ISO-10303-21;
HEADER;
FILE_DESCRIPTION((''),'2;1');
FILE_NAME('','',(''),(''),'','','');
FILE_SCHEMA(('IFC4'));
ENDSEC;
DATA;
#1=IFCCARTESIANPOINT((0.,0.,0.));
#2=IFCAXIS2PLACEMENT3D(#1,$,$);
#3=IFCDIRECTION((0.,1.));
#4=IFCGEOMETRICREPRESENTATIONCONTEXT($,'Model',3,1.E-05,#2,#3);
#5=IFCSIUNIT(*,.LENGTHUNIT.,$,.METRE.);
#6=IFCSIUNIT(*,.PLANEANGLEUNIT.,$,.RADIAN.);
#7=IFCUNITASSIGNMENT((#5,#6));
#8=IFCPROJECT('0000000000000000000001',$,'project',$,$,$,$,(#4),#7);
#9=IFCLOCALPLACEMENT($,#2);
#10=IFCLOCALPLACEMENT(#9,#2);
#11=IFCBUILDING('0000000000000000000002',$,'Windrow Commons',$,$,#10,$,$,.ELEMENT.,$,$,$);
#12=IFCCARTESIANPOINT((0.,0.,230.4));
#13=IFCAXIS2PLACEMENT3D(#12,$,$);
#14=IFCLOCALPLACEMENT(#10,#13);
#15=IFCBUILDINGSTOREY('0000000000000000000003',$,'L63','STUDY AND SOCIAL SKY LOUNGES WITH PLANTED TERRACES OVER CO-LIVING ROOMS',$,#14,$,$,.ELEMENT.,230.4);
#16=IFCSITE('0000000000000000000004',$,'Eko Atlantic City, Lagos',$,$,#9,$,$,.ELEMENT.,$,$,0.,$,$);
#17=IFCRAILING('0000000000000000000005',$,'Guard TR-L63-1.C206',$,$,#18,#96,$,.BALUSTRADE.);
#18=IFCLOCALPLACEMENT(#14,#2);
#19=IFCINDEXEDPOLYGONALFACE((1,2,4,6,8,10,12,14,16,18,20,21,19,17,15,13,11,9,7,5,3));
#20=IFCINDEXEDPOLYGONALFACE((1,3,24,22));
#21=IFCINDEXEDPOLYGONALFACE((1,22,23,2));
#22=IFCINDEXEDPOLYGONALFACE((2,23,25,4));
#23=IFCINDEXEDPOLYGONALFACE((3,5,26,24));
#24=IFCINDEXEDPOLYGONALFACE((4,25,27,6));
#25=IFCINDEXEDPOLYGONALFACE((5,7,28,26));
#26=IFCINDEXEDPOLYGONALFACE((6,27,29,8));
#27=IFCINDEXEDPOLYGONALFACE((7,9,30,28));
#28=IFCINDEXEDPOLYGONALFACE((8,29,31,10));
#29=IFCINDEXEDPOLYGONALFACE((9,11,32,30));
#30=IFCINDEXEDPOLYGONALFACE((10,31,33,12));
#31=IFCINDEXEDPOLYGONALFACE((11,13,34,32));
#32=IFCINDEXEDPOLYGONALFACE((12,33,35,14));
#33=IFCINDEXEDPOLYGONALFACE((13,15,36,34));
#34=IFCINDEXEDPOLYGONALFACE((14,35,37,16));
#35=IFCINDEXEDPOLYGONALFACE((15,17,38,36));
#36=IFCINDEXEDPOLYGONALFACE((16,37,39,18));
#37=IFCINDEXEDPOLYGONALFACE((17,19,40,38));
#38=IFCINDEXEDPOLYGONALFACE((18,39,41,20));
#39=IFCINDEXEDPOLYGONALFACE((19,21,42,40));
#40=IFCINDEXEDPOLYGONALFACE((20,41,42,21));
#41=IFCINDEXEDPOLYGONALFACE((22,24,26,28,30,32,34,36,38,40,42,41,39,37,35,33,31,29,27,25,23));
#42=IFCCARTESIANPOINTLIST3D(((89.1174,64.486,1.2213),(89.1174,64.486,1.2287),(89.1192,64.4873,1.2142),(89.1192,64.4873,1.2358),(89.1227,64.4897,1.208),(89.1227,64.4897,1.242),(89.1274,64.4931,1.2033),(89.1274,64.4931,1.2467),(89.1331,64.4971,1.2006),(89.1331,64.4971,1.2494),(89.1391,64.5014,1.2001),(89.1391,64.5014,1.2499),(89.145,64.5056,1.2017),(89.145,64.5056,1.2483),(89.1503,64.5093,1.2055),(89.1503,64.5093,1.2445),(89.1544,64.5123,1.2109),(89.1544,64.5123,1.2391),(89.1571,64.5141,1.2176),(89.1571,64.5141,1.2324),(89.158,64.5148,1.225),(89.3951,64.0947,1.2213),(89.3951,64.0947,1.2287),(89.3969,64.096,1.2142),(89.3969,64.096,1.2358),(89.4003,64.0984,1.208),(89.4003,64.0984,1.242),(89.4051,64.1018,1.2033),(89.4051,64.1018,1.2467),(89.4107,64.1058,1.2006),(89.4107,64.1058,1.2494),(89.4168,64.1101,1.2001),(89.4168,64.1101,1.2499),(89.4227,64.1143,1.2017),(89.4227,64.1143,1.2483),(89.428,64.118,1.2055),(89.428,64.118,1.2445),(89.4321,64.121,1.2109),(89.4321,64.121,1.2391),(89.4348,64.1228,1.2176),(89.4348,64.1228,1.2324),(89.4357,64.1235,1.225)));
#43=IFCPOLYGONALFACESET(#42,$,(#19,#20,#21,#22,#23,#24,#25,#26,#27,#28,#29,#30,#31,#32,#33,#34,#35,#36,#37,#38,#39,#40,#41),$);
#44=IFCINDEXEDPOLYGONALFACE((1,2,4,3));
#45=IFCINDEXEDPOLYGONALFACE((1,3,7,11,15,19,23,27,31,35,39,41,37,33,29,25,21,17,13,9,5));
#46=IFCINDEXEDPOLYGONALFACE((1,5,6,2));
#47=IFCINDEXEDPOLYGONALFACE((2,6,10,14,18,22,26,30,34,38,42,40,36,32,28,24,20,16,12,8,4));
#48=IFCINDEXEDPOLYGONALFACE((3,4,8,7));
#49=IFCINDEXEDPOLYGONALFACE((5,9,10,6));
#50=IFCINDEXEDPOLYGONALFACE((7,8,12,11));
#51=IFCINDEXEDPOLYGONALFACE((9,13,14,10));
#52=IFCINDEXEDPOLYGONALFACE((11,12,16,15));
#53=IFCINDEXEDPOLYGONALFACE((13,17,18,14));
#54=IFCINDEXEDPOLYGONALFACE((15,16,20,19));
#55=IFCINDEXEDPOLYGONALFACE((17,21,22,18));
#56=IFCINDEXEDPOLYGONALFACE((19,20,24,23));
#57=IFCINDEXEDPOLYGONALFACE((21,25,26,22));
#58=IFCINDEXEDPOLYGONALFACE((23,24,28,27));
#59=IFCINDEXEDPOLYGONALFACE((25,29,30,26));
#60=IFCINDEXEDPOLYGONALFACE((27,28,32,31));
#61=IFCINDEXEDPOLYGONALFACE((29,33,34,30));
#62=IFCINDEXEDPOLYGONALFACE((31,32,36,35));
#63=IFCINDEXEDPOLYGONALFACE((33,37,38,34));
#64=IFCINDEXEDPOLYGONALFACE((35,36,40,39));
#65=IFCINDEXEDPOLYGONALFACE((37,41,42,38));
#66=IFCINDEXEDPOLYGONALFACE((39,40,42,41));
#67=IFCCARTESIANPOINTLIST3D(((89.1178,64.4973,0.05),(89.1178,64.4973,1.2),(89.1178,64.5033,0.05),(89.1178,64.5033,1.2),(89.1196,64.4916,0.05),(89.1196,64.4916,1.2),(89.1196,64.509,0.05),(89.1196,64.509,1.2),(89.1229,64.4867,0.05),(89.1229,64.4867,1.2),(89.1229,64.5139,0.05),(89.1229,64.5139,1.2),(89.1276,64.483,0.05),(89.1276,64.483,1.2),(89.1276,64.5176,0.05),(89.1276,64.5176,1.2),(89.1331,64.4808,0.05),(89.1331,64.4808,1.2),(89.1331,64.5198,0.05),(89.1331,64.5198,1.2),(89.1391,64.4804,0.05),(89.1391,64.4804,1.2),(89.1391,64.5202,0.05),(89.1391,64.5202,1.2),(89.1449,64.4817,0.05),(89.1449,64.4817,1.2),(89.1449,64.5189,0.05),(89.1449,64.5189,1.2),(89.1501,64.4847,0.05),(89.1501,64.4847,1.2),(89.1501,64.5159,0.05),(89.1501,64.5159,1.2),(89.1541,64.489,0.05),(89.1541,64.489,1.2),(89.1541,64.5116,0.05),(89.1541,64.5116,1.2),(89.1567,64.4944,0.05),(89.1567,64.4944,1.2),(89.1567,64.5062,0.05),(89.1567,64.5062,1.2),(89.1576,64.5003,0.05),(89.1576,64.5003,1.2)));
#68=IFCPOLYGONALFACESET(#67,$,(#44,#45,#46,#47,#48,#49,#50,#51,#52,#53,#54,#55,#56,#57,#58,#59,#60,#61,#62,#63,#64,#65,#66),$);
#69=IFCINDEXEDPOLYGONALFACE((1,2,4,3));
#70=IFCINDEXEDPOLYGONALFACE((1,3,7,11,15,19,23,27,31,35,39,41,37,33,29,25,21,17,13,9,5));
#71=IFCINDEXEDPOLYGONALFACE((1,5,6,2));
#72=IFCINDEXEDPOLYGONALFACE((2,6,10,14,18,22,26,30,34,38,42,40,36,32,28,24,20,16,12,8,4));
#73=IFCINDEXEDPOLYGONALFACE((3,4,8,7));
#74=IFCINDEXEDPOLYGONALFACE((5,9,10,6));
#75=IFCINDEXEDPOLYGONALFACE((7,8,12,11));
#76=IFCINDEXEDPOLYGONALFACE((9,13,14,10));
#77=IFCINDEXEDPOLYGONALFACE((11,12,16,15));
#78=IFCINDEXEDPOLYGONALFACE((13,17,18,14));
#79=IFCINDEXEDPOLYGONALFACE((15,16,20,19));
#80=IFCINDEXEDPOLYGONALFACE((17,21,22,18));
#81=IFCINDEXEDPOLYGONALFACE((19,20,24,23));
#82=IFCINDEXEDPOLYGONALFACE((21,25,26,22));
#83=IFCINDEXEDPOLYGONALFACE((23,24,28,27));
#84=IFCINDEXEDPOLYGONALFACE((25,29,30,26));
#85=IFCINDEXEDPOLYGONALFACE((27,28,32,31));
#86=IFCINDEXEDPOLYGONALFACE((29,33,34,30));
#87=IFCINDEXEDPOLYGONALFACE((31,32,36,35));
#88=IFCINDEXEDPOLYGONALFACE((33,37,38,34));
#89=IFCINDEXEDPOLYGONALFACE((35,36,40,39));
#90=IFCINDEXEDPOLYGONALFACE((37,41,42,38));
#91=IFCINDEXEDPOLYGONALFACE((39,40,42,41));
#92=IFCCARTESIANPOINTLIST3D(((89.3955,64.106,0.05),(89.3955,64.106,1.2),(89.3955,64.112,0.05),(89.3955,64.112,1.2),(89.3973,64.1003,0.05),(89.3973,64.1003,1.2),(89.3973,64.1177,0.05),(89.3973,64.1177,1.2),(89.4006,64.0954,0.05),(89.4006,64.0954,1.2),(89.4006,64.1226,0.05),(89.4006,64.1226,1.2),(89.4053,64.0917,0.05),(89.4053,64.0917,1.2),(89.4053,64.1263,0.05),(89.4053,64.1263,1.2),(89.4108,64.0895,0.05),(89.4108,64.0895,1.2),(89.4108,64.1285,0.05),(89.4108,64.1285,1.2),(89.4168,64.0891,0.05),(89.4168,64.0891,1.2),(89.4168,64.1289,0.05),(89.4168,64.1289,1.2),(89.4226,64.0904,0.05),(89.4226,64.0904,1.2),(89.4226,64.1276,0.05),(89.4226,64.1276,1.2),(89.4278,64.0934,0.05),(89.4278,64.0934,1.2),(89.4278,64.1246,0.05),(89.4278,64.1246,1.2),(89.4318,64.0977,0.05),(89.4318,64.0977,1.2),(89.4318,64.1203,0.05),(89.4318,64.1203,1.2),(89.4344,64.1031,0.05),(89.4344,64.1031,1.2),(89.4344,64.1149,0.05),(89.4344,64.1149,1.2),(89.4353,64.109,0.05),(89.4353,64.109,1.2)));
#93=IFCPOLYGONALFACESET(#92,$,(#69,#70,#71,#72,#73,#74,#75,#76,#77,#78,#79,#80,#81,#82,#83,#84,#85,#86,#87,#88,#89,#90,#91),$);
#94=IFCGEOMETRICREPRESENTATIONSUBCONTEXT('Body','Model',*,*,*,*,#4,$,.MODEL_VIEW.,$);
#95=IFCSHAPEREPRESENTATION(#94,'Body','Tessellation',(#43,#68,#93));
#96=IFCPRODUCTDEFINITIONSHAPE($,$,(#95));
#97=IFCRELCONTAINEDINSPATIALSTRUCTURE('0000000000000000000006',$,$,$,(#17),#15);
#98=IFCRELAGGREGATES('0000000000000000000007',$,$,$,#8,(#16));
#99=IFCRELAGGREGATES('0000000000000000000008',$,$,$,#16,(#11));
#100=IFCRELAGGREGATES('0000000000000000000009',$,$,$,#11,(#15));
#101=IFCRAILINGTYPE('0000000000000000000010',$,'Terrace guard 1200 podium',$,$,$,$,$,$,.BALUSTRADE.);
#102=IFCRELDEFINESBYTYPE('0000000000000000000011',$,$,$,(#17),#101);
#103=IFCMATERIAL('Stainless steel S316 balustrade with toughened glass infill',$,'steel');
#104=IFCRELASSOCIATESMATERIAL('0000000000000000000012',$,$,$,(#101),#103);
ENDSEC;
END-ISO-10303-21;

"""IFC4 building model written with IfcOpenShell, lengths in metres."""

from ifc_helpers import new_model, si_unit, direction, frame, origin, origin_2d, place, context, subcontext, project, spatial, circle, extrude, material, type_object, element, save


model = new_model("IFC4")

# Units and contexts
model_context = context("Model", 3, precision=1e-05, world=origin(), true_north=direction((0.0, 1.0)))
body_context = subcontext(model_context, "Body", "Model", "MODEL_VIEW")
ifc_project = project(units=[si_unit("LENGTHUNIT", "METRE"), si_unit("PLANEANGLEUNIT", "RADIAN")], contexts=[model_context])

# Site, building, storey
site_placement = place(None, origin())
site = spatial("IfcSite", under=ifc_project, at=site_placement, Name="Eko Atlantic City, Lagos", CompositionType="ELEMENT", RefElevation=0.0)
building_placement = place(site_placement, origin())
building = spatial("IfcBuilding", under=site, at=building_placement, Name="Windrow Commons", CompositionType="ELEMENT")
storey_placement = place(building_placement, frame((0.0, 0.0, 230.4)))
storey = spatial("IfcBuildingStorey", under=building, at=storey_placement, Name="L63", Description="STUDY AND SOCIAL SKY LOUNGES WITH PLANTED TERRACES OVER CO-LIVING ROOMS", CompositionType="ELEMENT", Elevation=230.4)

# Railing
ifc_material_1 = material(Name="Stainless steel S316 balustrade with toughened glass infill", Category="steel")
railing_type_1 = type_object("IfcRailingType", Name="Terrace guard 1200 podium", PredefinedType="BALUSTRADE", material=ifc_material_1)
railing_1_placement = place(storey_placement, frame((89.1376, 64.5003, 0.05)))
element("IfcRailing", 1, at=railing_1_placement, inside=storey, type_object=railing_type_1, Name="Guard TR-L63-1.C206", PredefinedType="BALUSTRADE", context=body_context, shape_type="SweptSolid", body=[
    extrude(circle(Radius=0.025, at=origin_2d()), frame((0.0, 0.0, 1.175), z_axis=(0.578751, -0.815504, 0.0), x_axis=(0.815504, 0.578751, 0.0)), (0.0, 0.0, 1.0), 0.4798),
    extrude(circle(Radius=0.02, at=origin_2d()), origin(), (0.0, 0.0, 1.0), 1.15),
    extrude(circle(Radius=0.02, at=origin_2d()), frame((0.2777, -0.3913, 0.0)), (0.0, 0.0, 1.0), 1.15),
])

save(model, "model.ifc")
